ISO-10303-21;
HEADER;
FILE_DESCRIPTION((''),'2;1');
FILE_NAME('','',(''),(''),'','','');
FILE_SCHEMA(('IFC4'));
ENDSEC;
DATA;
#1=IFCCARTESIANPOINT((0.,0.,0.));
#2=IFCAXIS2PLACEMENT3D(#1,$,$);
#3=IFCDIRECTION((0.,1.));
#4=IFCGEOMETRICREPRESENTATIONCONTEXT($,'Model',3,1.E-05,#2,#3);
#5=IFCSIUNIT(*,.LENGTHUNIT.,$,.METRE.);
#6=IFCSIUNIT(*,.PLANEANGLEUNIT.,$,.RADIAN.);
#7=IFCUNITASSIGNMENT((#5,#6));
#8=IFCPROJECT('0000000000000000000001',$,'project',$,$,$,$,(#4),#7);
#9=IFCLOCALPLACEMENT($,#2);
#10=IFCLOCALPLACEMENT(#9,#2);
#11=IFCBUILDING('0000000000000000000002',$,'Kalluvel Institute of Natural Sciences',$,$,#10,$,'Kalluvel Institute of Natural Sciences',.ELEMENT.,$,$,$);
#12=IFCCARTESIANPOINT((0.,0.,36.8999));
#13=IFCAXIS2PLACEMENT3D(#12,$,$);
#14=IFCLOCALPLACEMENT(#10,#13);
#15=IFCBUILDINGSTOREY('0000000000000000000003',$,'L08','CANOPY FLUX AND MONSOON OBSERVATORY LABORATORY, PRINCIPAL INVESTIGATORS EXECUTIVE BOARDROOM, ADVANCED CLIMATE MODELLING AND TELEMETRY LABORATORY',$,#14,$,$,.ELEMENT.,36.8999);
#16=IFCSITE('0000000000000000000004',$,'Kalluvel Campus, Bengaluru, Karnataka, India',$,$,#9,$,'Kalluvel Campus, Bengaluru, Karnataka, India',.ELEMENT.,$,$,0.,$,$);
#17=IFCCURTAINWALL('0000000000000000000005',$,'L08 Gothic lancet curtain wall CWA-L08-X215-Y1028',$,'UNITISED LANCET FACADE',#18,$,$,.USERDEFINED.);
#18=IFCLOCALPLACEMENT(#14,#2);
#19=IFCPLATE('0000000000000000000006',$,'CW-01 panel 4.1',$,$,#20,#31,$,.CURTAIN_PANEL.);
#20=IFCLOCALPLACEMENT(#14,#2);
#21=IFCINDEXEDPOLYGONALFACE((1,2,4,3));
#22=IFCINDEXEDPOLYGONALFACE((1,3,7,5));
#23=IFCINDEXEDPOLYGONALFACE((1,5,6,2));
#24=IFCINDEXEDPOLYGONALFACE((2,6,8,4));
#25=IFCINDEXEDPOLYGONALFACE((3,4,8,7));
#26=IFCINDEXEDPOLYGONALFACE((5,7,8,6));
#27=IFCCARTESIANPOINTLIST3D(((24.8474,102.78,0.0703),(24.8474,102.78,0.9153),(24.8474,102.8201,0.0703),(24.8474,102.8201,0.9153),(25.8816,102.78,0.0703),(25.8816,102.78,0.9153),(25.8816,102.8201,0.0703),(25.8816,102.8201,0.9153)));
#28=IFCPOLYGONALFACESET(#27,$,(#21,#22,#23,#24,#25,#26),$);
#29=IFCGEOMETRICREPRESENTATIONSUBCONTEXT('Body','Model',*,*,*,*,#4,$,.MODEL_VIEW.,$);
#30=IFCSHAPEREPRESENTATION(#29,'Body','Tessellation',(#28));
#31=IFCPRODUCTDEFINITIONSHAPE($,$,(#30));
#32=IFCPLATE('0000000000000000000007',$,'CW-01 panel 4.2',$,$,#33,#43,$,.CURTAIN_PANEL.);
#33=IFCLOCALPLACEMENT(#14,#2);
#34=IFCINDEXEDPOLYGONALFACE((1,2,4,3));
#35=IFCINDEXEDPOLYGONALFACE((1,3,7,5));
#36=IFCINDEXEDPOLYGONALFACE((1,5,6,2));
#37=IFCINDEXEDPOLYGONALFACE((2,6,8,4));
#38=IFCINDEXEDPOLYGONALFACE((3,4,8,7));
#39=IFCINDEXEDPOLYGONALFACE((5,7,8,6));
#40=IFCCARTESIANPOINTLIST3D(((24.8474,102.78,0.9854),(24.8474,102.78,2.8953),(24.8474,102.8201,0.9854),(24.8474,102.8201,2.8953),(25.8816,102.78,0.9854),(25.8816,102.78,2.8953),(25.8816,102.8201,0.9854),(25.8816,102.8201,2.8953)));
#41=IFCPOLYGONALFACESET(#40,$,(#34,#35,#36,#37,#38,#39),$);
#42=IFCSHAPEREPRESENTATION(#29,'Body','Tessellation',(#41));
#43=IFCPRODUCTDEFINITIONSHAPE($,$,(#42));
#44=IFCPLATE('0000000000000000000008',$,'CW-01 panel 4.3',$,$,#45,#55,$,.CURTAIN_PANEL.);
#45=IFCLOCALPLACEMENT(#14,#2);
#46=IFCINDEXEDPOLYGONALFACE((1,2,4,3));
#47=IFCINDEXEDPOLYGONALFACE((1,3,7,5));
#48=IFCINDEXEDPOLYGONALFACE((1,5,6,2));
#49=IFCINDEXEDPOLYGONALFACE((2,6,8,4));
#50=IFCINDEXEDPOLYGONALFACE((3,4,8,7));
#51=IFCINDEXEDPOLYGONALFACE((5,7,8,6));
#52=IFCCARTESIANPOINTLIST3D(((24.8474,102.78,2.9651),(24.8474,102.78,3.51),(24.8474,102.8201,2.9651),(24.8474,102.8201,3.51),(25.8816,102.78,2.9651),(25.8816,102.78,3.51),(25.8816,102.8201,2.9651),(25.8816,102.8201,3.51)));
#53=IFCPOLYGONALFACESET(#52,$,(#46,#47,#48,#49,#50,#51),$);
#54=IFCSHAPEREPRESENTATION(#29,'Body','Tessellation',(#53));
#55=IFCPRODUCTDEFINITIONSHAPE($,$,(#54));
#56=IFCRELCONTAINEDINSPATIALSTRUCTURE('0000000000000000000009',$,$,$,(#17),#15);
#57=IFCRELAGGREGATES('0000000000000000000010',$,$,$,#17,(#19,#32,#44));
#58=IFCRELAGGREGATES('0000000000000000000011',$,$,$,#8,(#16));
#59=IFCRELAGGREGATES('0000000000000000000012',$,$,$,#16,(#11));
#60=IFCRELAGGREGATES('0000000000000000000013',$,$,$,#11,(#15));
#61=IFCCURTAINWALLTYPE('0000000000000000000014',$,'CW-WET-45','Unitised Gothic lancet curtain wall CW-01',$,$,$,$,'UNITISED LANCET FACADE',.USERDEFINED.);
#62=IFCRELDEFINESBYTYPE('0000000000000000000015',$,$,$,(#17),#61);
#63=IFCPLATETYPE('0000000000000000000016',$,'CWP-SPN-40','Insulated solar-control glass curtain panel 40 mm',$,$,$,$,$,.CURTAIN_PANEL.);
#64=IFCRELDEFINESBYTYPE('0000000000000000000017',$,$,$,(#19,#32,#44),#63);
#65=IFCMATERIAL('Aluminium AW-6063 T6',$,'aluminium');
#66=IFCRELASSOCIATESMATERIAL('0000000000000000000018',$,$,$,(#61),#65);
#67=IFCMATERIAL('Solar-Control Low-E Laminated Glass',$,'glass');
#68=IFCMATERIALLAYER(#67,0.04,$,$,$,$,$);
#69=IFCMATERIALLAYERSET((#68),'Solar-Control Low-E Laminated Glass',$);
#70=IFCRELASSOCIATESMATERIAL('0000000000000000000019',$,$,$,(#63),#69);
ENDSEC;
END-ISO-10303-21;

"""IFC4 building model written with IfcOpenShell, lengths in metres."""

from ifc_helpers import new_model, si_unit, direction, frame, origin, origin_2d, place, context, subcontext, project, spatial, rectangle, extrude, material, layer, layer_set, type_object, element, aggregate, save


model = new_model("IFC4")

# Units and contexts
model_context = context("Model", 3, precision=1e-05, world=origin(), true_north=direction((0.0, 1.0)))
body_context = subcontext(model_context, "Body", "Model", "MODEL_VIEW")
ifc_project = project(units=[si_unit("LENGTHUNIT", "METRE"), si_unit("PLANEANGLEUNIT", "RADIAN")], contexts=[model_context])

# Site, building, storey
site_placement = place(None, origin())
site = spatial("IfcSite", under=ifc_project, at=site_placement, Name="Kalluvel Campus, Bengaluru, Karnataka, India", LongName="Kalluvel Campus, Bengaluru, Karnataka, India", CompositionType="ELEMENT", RefElevation=0.0)
building_placement = place(site_placement, origin())
building = spatial("IfcBuilding", under=site, at=building_placement, Name="Kalluvel Institute of Natural Sciences", LongName="Kalluvel Institute of Natural Sciences", CompositionType="ELEMENT")
storey_placement = place(building_placement, frame((0.0, 0.0, 36.8999)))
storey = spatial("IfcBuildingStorey", under=building, at=storey_placement, Name="L08", Description="CANOPY FLUX AND MONSOON OBSERVATORY LABORATORY, PRINCIPAL INVESTIGATORS EXECUTIVE BOARDROOM, ADVANCED CLIMATE MODELLING AND TELEMETRY LABORATORY", CompositionType="ELEMENT", Elevation=36.8999)

# Curtain wall, plates
ifc_material_1 = material(Name="Aluminium AW-6063 T6", Category="aluminium")
curtain_wall_type = type_object("IfcCurtainWallType", Name="CW-WET-45", Description="Unitised Gothic lancet curtain wall CW-01", ElementType="UNITISED LANCET FACADE", PredefinedType="USERDEFINED", material=ifc_material_1)
curtain_wall_placement = place(storey_placement, origin())
curtain_wall = element("IfcCurtainWall", 1, at=curtain_wall_placement, inside=storey, type_object=curtain_wall_type, Name="L08 Gothic lancet curtain wall CWA-L08-X215-Y1028", ObjectType="UNITISED LANCET FACADE", PredefinedType="USERDEFINED")
ifc_material_2 = material(Name="Solar-Control Low-E Laminated Glass", Category="glass")
ifc_layer = layer(ifc_material_2, 0.04)
ifc_layer_set = layer_set([ifc_layer], Name="Solar-Control Low-E Laminated Glass")
plate_type = type_object("IfcPlateType", Name="CWP-SPN-40", Description="Insulated solar-control glass curtain panel 40 mm", PredefinedType="CURTAIN_PANEL", material=ifc_layer_set)
plate_1_placement = place(storey_placement, frame((25.3645, 102.8, 0.0703), z_axis=(0.0, 0.0, 1.0), x_axis=(1.0, 0.0, 0.0)))
plate_1 = element("IfcPlate", 2, at=plate_1_placement, type_object=plate_type, Name="CW-01 panel 4.1", PredefinedType="CURTAIN_PANEL", context=body_context, shape_type="SweptSolid", body=[
    extrude(rectangle(XDim=1.0342, YDim=0.04, at=origin_2d()), origin(), (0.0, 0.0, 1.0), 0.845),
])
plate_2_placement = place(storey_placement, frame((25.3645, 102.8, 0.9854), z_axis=(0.0, 0.0, 1.0), x_axis=(1.0, 0.0, 0.0)))
plate_2 = element("IfcPlate", 3, at=plate_2_placement, type_object=plate_type, Name="CW-01 panel 4.2", PredefinedType="CURTAIN_PANEL", context=body_context, shape_type="SweptSolid", body=[
    extrude(rectangle(XDim=1.0342, YDim=0.04, at=origin_2d()), origin(), (0.0, 0.0, 1.0), 1.9099),
])
plate_3_placement = place(storey_placement, frame((25.3645, 102.8, 2.9651), z_axis=(0.0, 0.0, 1.0), x_axis=(1.0, 0.0, 0.0)))
plate_3 = element("IfcPlate", 4, at=plate_3_placement, type_object=plate_type, Name="CW-01 panel 4.3", PredefinedType="CURTAIN_PANEL", context=body_context, shape_type="SweptSolid", body=[
    extrude(rectangle(XDim=1.0342, YDim=0.04, at=origin_2d()), origin(), (0.0, 0.0, 1.0), 0.5449),
])
aggregate(curtain_wall, [plate_1, plate_2, plate_3])

save(model, "model.ifc")
